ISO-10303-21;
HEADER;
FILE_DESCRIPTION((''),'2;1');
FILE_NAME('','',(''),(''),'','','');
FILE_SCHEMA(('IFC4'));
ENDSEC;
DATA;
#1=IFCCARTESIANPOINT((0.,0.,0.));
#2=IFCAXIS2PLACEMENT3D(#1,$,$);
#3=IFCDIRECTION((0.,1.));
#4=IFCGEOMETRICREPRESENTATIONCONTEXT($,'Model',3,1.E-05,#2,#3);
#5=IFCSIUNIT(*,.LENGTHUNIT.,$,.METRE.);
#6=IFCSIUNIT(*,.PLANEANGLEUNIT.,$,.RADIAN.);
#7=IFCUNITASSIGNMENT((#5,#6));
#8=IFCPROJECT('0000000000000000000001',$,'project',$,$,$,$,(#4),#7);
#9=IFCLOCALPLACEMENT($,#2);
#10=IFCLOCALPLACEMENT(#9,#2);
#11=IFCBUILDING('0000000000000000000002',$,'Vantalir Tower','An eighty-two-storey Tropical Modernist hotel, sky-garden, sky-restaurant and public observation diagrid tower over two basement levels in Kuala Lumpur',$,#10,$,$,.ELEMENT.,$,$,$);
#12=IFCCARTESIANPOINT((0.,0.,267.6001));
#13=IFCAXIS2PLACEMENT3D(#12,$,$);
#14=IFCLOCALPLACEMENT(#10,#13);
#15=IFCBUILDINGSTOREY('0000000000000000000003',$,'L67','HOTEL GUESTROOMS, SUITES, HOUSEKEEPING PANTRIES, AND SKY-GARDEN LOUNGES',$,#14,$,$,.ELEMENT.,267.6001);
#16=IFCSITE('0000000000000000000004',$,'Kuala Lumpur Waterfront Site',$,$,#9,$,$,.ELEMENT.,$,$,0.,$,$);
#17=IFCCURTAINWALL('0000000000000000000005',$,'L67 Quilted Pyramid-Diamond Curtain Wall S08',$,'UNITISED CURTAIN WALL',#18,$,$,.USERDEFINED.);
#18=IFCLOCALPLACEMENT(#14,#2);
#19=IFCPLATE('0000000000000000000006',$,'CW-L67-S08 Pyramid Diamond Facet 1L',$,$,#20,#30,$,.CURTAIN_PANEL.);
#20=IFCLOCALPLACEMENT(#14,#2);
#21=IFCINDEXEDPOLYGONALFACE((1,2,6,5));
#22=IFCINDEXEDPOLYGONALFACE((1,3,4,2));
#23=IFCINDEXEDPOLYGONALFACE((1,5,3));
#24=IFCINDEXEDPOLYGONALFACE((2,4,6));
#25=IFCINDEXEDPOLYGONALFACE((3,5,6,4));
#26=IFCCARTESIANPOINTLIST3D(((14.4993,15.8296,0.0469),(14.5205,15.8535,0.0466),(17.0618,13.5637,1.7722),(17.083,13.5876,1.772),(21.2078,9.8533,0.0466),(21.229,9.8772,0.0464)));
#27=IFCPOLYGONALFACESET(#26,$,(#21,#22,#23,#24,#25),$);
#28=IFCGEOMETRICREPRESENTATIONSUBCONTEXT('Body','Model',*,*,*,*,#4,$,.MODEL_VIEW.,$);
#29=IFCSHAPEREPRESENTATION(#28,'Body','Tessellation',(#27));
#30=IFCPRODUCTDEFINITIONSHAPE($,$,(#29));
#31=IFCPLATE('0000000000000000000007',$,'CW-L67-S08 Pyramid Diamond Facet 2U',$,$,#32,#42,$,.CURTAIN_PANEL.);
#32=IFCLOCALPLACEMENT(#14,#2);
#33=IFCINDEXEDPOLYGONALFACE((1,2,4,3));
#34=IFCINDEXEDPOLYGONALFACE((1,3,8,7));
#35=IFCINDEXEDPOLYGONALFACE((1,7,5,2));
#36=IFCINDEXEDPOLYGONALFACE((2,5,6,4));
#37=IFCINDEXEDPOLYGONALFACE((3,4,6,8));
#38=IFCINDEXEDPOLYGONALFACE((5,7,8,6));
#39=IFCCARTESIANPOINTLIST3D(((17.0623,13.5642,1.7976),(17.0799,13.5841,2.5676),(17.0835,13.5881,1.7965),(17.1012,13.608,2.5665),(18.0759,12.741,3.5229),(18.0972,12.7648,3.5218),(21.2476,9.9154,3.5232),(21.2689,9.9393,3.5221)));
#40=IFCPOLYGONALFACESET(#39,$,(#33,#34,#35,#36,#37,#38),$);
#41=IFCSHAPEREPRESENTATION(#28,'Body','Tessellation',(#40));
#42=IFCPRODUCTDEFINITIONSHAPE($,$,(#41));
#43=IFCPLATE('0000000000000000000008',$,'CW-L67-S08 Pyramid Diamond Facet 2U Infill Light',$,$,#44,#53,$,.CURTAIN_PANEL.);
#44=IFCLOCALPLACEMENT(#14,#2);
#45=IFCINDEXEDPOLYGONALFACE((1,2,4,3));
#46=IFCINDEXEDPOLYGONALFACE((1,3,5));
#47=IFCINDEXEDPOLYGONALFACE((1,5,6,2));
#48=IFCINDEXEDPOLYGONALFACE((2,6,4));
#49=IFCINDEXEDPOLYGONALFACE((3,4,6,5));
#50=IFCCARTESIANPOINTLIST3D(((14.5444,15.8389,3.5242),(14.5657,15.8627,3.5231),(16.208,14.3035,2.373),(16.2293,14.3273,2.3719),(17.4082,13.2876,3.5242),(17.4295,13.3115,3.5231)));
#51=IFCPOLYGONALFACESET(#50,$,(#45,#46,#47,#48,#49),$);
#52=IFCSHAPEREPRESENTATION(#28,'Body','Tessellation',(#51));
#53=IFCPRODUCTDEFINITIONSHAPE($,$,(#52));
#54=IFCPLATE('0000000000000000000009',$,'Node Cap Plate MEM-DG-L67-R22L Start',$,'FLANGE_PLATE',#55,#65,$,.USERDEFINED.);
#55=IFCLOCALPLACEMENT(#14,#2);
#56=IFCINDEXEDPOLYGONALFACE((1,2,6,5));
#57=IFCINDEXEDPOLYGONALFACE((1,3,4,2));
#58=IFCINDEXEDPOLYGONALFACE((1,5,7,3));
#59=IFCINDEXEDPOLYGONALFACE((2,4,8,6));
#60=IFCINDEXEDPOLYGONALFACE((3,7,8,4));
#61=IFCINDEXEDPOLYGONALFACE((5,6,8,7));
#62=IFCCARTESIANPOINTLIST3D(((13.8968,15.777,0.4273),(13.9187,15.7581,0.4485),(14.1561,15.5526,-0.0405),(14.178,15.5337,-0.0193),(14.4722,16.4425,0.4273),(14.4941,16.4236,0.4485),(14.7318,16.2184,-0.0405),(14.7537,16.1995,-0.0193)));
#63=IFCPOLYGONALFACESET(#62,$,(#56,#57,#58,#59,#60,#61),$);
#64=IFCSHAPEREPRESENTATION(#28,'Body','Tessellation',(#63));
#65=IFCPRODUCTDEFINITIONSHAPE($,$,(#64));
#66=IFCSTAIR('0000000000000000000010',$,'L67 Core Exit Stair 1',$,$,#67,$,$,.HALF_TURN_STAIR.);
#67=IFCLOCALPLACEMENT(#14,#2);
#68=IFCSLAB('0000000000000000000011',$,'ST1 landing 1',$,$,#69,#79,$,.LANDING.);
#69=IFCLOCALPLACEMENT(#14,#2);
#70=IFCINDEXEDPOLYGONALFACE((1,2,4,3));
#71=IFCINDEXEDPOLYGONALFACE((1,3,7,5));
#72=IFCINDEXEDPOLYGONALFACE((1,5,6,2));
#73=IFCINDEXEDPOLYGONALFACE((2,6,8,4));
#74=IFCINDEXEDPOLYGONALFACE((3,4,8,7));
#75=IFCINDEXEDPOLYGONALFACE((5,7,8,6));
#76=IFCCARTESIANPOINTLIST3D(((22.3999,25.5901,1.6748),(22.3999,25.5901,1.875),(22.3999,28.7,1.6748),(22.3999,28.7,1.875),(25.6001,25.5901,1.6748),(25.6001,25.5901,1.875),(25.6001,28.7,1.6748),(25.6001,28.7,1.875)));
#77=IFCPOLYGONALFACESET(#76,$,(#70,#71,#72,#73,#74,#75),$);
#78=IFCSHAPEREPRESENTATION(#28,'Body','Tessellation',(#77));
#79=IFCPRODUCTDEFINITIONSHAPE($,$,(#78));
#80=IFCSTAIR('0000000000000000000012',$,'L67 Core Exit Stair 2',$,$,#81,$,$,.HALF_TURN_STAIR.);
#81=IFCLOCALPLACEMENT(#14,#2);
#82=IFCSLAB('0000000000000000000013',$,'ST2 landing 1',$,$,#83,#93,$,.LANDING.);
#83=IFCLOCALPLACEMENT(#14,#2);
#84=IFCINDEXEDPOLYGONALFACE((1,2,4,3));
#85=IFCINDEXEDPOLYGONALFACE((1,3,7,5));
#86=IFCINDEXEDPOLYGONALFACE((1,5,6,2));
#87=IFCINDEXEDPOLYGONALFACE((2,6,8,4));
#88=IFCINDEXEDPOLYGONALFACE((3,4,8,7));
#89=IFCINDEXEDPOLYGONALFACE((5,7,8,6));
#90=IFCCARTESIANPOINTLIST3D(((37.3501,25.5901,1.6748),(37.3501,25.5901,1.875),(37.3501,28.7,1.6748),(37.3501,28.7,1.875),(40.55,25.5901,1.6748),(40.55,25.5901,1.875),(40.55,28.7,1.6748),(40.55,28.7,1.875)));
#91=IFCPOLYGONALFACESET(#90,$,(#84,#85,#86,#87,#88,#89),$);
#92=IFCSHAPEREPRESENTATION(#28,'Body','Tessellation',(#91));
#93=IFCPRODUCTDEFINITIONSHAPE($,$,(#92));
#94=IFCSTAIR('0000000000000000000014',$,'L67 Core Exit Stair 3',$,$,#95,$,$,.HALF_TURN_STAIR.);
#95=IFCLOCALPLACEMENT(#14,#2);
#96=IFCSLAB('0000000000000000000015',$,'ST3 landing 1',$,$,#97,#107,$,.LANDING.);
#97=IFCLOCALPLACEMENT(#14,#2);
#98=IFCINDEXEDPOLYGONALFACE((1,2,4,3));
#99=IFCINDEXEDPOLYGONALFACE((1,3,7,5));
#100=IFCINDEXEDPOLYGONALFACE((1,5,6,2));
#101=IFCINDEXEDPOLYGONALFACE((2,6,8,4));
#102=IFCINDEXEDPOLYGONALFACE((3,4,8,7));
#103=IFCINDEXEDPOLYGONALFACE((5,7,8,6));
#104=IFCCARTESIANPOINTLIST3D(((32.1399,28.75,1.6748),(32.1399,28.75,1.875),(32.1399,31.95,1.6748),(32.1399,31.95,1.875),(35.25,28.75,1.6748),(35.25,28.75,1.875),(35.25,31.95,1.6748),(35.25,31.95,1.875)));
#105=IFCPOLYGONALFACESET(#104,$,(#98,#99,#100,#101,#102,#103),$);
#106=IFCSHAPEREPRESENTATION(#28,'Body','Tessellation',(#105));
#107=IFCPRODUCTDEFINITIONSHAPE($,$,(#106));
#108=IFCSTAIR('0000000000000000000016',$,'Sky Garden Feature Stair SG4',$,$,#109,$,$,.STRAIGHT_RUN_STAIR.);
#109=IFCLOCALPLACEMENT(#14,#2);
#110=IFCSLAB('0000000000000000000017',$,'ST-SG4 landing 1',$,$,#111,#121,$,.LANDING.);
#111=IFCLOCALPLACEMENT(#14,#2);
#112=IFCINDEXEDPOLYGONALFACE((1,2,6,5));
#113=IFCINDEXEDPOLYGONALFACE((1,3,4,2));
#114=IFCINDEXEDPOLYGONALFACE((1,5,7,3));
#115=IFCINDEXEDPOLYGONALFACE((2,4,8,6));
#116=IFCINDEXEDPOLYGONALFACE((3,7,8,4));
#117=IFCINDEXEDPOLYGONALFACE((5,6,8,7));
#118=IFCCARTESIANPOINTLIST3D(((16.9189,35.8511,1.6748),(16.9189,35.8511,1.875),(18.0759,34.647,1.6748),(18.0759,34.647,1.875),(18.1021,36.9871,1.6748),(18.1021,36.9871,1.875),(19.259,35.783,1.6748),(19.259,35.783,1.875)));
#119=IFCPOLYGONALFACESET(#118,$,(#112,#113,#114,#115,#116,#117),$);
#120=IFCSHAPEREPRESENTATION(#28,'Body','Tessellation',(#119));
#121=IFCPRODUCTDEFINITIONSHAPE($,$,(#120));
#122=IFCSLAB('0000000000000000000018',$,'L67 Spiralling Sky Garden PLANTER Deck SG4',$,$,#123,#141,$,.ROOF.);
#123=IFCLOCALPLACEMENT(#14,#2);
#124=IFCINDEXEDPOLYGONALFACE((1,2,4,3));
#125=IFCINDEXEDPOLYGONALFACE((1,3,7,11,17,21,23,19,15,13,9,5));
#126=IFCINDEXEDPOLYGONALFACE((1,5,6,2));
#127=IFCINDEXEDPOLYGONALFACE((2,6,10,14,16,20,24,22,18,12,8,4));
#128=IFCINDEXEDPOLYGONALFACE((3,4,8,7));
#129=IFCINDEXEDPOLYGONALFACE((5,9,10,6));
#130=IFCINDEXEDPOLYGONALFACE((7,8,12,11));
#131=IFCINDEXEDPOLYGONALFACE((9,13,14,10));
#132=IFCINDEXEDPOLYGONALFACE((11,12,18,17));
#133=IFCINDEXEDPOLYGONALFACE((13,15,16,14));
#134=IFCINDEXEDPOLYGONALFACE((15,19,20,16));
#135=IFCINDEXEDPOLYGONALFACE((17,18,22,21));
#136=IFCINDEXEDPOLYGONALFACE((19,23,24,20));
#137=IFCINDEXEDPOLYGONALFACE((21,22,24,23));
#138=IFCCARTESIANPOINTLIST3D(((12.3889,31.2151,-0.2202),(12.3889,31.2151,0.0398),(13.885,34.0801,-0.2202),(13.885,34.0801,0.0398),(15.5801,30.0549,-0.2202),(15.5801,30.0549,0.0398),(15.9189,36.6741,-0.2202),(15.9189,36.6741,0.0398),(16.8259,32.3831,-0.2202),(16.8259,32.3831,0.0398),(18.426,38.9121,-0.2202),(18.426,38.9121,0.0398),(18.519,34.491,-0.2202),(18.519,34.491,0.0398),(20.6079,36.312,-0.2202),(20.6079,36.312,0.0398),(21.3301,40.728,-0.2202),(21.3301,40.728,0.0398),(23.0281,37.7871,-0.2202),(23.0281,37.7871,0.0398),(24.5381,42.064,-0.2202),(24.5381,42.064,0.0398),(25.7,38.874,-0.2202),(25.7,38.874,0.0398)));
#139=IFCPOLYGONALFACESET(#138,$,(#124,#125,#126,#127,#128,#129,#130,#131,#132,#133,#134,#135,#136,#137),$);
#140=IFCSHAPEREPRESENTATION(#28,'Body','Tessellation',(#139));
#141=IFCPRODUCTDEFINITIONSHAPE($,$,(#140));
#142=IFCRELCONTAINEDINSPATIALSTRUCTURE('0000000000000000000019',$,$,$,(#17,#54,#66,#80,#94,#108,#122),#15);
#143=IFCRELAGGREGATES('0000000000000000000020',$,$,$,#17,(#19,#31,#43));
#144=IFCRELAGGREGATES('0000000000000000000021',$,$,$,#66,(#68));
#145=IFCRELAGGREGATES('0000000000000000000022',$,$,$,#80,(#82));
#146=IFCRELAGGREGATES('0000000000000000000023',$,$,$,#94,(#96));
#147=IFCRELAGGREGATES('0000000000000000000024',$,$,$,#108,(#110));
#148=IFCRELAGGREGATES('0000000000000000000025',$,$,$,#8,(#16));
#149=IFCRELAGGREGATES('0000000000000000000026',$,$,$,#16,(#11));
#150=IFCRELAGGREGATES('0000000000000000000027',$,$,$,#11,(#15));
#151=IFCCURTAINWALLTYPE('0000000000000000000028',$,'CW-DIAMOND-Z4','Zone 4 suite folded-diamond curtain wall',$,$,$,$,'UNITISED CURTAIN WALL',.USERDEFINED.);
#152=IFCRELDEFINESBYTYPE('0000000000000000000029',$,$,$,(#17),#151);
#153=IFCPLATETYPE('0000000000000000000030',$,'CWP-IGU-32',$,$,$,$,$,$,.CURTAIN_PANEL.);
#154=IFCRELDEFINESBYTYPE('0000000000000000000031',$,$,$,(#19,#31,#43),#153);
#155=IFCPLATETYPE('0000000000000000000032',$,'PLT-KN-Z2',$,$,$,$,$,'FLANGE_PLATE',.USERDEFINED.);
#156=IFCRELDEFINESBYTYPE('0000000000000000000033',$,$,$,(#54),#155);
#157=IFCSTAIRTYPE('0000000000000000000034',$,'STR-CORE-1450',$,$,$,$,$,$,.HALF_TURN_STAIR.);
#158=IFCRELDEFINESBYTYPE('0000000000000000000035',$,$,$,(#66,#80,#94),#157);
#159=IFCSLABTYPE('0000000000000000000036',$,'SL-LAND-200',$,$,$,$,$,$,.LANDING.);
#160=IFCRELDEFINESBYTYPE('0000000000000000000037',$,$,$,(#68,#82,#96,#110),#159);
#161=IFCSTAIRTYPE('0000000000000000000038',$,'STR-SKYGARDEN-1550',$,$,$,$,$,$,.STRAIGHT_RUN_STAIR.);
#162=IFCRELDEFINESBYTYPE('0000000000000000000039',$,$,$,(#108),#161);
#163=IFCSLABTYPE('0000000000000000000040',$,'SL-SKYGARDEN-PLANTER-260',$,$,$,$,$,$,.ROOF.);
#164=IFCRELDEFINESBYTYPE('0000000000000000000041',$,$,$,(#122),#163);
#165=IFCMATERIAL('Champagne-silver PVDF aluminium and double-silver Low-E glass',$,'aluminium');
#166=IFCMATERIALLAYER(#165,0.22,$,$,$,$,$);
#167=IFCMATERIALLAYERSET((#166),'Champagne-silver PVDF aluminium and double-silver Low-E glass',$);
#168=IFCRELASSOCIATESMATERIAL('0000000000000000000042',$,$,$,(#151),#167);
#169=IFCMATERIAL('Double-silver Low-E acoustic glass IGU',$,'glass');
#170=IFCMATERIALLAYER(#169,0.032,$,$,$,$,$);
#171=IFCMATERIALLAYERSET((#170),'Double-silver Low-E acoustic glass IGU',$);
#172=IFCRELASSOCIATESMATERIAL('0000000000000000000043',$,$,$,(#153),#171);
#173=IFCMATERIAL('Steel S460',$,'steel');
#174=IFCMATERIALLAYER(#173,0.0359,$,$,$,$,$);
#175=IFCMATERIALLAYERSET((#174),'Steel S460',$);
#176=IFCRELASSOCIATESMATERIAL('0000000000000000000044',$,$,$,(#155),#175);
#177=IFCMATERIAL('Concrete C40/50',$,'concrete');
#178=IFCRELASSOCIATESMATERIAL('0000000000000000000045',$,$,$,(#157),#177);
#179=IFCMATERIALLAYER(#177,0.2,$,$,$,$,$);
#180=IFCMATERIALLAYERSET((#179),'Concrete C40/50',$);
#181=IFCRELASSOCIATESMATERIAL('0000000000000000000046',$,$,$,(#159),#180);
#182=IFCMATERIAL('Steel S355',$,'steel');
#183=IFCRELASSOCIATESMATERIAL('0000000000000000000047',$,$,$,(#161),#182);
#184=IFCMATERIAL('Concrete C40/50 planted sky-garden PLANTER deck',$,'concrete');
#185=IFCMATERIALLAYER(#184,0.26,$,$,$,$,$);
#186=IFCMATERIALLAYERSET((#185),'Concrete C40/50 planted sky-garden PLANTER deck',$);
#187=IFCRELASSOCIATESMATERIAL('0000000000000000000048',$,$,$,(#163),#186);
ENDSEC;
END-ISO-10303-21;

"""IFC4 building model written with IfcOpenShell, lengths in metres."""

from ifc_helpers import new_model, si_unit, direction, frame, origin, place, context, subcontext, project, spatial, polyline, outline, extrude, material, layer, layer_set, type_object, element, aggregate, save


model = new_model("IFC4")

# Units and contexts
model_context = context("Model", 3, precision=1e-05, world=origin(), true_north=direction((0.0, 1.0)))
body_context = subcontext(model_context, "Body", "Model", "MODEL_VIEW")
ifc_project = project(units=[si_unit("LENGTHUNIT", "METRE"), si_unit("PLANEANGLEUNIT", "RADIAN")], contexts=[model_context])

# Site, building, storey
site_placement = place(None, origin())
site = spatial("IfcSite", under=ifc_project, at=site_placement, Name="Kuala Lumpur Waterfront Site", CompositionType="ELEMENT", RefElevation=0.0)
building_placement = place(site_placement, origin())
building = spatial("IfcBuilding", under=site, at=building_placement, Name="Vantalir Tower", Description="An eighty-two-storey Tropical Modernist hotel, sky-garden, sky-restaurant and public observation diagrid tower over two basement levels in Kuala Lumpur", CompositionType="ELEMENT")
storey_placement = place(building_placement, frame((0.0, 0.0, 267.6001)))
storey = spatial("IfcBuildingStorey", under=building, at=storey_placement, Name="L67", Description="HOTEL GUESTROOMS, SUITES, HOUSEKEEPING PANTRIES, AND SKY-GARDEN LOUNGES", CompositionType="ELEMENT", Elevation=267.6001)

# Curtain wall, plates
ifc_material_1 = material(Name="Champagne-silver PVDF aluminium and double-silver Low-E glass", Category="aluminium")
ifc_layer_1 = layer(ifc_material_1, 0.22)
ifc_layer_set_1 = layer_set([ifc_layer_1], Name="Champagne-silver PVDF aluminium and double-silver Low-E glass")
curtain_wall_type = type_object("IfcCurtainWallType", Name="CW-DIAMOND-Z4", Description="Zone 4 suite folded-diamond curtain wall", ElementType="UNITISED CURTAIN WALL", PredefinedType="USERDEFINED", material=ifc_layer_set_1)
curtain_wall_placement = place(storey_placement, origin())
curtain_wall = element("IfcCurtainWall", 1, at=curtain_wall_placement, inside=storey, type_object=curtain_wall_type, Name="L67 Quilted Pyramid-Diamond Curtain Wall S08", ObjectType="UNITISED CURTAIN WALL", PredefinedType="USERDEFINED")
ifc_material_2 = material(Name="Double-silver Low-E acoustic glass IGU", Category="glass")
ifc_layer_2 = layer(ifc_material_2, 0.032)
ifc_layer_set_2 = layer_set([ifc_layer_2], Name="Double-silver Low-E acoustic glass IGU")
plate_type_1 = type_object("IfcPlateType", Name="CWP-IGU-32", PredefinedType="CURTAIN_PANEL", material=ifc_layer_set_2)
plate_1_placement = place(storey_placement, frame((14.4993, 15.8296, 0.0469), z_axis=(-0.665167, -0.746659, 0.007337), x_axis=(0.746679, -0.665185, -0.000027)))
plate_1 = element("IfcPlate", 2, at=plate_1_placement, type_object=plate_type_1, Name="CW-L67-S08 Pyramid Diamond Facet 1L", PredefinedType="CURTAIN_PANEL", context=body_context, shape_type="SweptSolid", body=[
    extrude(outline(polyline([(0.0, 0.0), (8.9844, 0.0), (3.4205, 1.7255), (0.0, 0.0)])), origin(), (0.0, 0.0, -1.0), 0.032),
])
plate_2_placement = place(storey_placement, frame((18.0759, 12.741, 3.5229), z_axis=(-0.664794, -0.746229, 0.034518), x_axis=(0.746676, -0.665188, 0.000056)))
plate_2 = element("IfcPlate", 3, at=plate_2_placement, type_object=plate_type_1, Name="CW-L67-S08 Pyramid Diamond Facet 2U", PredefinedType="CURTAIN_PANEL", context=body_context, shape_type="SweptSolid", body=[
    extrude(outline(polyline([(0.0, 0.0), (4.2478, 0.0), (-1.3046, -1.7263), (-1.3046, -0.9558), (0.0, 0.0)])), origin(), (0.0, 0.0, -1.0), 0.032),
])
plate_3_placement = place(storey_placement, frame((14.5444, 15.8389, 3.5242), z_axis=(-0.664795, -0.746225, 0.03459), x_axis=(0.746671, -0.665193, 0.0)))
plate_3 = element("IfcPlate", 4, at=plate_3_placement, type_object=plate_type_1, Name="CW-L67-S08 Pyramid Diamond Facet 2U Infill Light", PredefinedType="CURTAIN_PANEL", context=body_context, shape_type="SweptSolid", body=[
    extrude(outline(polyline([(0.0, 0.0), (3.8354, 0.0), (2.2635, -1.1518), (0.0, 0.0)])), origin(), (0.0, 0.0, -1.0), 0.032),
])
aggregate(curtain_wall, [plate_1, plate_2, plate_3])

# Plate
ifc_material_3 = material(Name="Steel S460", Category="steel")
ifc_layer_3 = layer(ifc_material_3, 0.0359)
ifc_layer_set_3 = layer_set([ifc_layer_3], Name="Steel S460")
plate_type_2 = type_object("IfcPlateType", Name="PLT-KN-Z2", ElementType="FLANGE_PLATE", PredefinedType="USERDEFINED", material=ifc_layer_set_3)
plate_4_placement = place(storey_placement, frame((14.178, 15.5337, -0.0193), z_axis=(0.610086, -0.527518, 0.591202), x_axis=(0.654068, 0.756436, -0.000007)))
element("IfcPlate", 5, at=plate_4_placement, inside=storey, type_object=plate_type_2, Name="Node Cap Plate MEM-DG-L67-R22L Start", ObjectType="FLANGE_PLATE", PredefinedType="USERDEFINED", context=body_context, shape_type="SweptSolid", body=[
    extrude(outline(polyline([(0.0, 0.0), (0.8801, 0.0), (0.8799, 0.58), (0.0001, 0.58), (0.0, 0.0)])), origin(), (0.0, 0.0, -1.0), 0.0359),
])

# Stairs, slabs
ifc_material_4 = material(Name="Concrete C40/50", Category="concrete")
stair_type_1 = type_object("IfcStairType", Name="STR-CORE-1450", PredefinedType="HALF_TURN_STAIR", material=ifc_material_4)
stair_1_placement = place(storey_placement, origin())
stair_1 = element("IfcStair", 6, at=stair_1_placement, inside=storey, type_object=stair_type_1, Name="L67 Core Exit Stair 1", PredefinedType="HALF_TURN_STAIR")
ifc_layer_4 = layer(ifc_material_4, 0.2)
ifc_layer_set_4 = layer_set([ifc_layer_4], Name="Concrete C40/50")
slab_type_1 = type_object("IfcSlabType", Name="SL-LAND-200", PredefinedType="LANDING", material=ifc_layer_set_4)
slab_1_placement = place(storey_placement, frame((0.0, 0.0, 1.6748)))
slab_1 = element("IfcSlab", 7, at=slab_1_placement, type_object=slab_type_1, Name="ST1 landing 1", PredefinedType="LANDING", context=body_context, shape_type="SweptSolid", body=[
    extrude(outline(polyline([(25.6001, 25.5901), (25.6001, 28.7), (22.3999, 28.7), (22.3999, 25.5901), (25.6001, 25.5901)])), origin(), (0.0, 0.0, 1.0), 0.2002),
])
aggregate(stair_1, [slab_1])
stair_2_placement = place(storey_placement, origin())
stair_2 = element("IfcStair", 8, at=stair_2_placement, inside=storey, type_object=stair_type_1, Name="L67 Core Exit Stair 2", PredefinedType="HALF_TURN_STAIR")
slab_2_placement = place(storey_placement, frame((0.0, 0.0, 1.6748)))
slab_2 = element("IfcSlab", 9, at=slab_2_placement, type_object=slab_type_1, Name="ST2 landing 1", PredefinedType="LANDING", context=body_context, shape_type="SweptSolid", body=[
    extrude(outline(polyline([(40.55, 25.5901), (40.55, 28.7), (37.3501, 28.7), (37.3501, 25.5901), (40.55, 25.5901)])), origin(), (0.0, 0.0, 1.0), 0.2002),
])
aggregate(stair_2, [slab_2])
stair_3_placement = place(storey_placement, origin())
stair_3 = element("IfcStair", 10, at=stair_3_placement, inside=storey, type_object=stair_type_1, Name="L67 Core Exit Stair 3", PredefinedType="HALF_TURN_STAIR")
slab_3_placement = place(storey_placement, frame((0.0, 0.0, 1.6748)))
slab_3 = element("IfcSlab", 11, at=slab_3_placement, type_object=slab_type_1, Name="ST3 landing 1", PredefinedType="LANDING", context=body_context, shape_type="SweptSolid", body=[
    extrude(outline(polyline([(32.1399, 28.75), (35.25, 28.75), (35.25, 31.95), (32.1399, 31.95), (32.1399, 28.75)])), origin(), (0.0, 0.0, 1.0), 0.2002),
])
aggregate(stair_3, [slab_3])
ifc_material_5 = material(Name="Steel S355", Category="steel")
stair_type_2 = type_object("IfcStairType", Name="STR-SKYGARDEN-1550", PredefinedType="STRAIGHT_RUN_STAIR", material=ifc_material_5)
stair_4_placement = place(storey_placement, origin())
stair_4 = element("IfcStair", 12, at=stair_4_placement, inside=storey, type_object=stair_type_2, Name="Sky Garden Feature Stair SG4", PredefinedType="STRAIGHT_RUN_STAIR")
slab_4_placement = place(storey_placement, frame((0.0, 0.0, 1.6748)))
slab_4 = element("IfcSlab", 13, at=slab_4_placement, type_object=slab_type_1, Name="ST-SG4 landing 1", PredefinedType="LANDING", context=body_context, shape_type="SweptSolid", body=[
    extrude(outline(polyline([(18.1021, 36.9871), (16.9189, 35.8511), (18.0759, 34.647), (19.259, 35.783), (18.1021, 36.9871)])), origin(), (0.0, 0.0, 1.0), 0.2002),
])
aggregate(stair_4, [slab_4])

# Slab
ifc_material_6 = material(Name="Concrete C40/50 planted sky-garden PLANTER deck", Category="concrete")
ifc_layer_5 = layer(ifc_material_6, 0.26)
ifc_layer_set_5 = layer_set([ifc_layer_5], Name="Concrete C40/50 planted sky-garden PLANTER deck")
slab_type_2 = type_object("IfcSlabType", Name="SL-SKYGARDEN-PLANTER-260", PredefinedType="ROOF", material=ifc_layer_set_5)
slab_5_placement = place(storey_placement, frame((0.0, 0.0, -0.2202)))
element("IfcSlab", 14, at=slab_5_placement, inside=storey, type_object=slab_type_2, Name="L67 Spiralling Sky Garden PLANTER Deck SG4", PredefinedType="ROOF", context=body_context, shape_type="SweptSolid", body=[
    extrude(outline(polyline([(12.3889, 31.2151), (15.5801, 30.0549), (16.8259, 32.3831), (18.519, 34.491), (20.6079, 36.312), (23.0281, 37.7871), (25.7, 38.874), (24.5381, 42.064), (21.3301, 40.728), (18.426, 38.9121), (15.9189, 36.6741), (13.885, 34.0801), (12.3889, 31.2151)])), origin(), (0.0, 0.0, 1.0), 0.26),
])

save(model, "model.ifc")
